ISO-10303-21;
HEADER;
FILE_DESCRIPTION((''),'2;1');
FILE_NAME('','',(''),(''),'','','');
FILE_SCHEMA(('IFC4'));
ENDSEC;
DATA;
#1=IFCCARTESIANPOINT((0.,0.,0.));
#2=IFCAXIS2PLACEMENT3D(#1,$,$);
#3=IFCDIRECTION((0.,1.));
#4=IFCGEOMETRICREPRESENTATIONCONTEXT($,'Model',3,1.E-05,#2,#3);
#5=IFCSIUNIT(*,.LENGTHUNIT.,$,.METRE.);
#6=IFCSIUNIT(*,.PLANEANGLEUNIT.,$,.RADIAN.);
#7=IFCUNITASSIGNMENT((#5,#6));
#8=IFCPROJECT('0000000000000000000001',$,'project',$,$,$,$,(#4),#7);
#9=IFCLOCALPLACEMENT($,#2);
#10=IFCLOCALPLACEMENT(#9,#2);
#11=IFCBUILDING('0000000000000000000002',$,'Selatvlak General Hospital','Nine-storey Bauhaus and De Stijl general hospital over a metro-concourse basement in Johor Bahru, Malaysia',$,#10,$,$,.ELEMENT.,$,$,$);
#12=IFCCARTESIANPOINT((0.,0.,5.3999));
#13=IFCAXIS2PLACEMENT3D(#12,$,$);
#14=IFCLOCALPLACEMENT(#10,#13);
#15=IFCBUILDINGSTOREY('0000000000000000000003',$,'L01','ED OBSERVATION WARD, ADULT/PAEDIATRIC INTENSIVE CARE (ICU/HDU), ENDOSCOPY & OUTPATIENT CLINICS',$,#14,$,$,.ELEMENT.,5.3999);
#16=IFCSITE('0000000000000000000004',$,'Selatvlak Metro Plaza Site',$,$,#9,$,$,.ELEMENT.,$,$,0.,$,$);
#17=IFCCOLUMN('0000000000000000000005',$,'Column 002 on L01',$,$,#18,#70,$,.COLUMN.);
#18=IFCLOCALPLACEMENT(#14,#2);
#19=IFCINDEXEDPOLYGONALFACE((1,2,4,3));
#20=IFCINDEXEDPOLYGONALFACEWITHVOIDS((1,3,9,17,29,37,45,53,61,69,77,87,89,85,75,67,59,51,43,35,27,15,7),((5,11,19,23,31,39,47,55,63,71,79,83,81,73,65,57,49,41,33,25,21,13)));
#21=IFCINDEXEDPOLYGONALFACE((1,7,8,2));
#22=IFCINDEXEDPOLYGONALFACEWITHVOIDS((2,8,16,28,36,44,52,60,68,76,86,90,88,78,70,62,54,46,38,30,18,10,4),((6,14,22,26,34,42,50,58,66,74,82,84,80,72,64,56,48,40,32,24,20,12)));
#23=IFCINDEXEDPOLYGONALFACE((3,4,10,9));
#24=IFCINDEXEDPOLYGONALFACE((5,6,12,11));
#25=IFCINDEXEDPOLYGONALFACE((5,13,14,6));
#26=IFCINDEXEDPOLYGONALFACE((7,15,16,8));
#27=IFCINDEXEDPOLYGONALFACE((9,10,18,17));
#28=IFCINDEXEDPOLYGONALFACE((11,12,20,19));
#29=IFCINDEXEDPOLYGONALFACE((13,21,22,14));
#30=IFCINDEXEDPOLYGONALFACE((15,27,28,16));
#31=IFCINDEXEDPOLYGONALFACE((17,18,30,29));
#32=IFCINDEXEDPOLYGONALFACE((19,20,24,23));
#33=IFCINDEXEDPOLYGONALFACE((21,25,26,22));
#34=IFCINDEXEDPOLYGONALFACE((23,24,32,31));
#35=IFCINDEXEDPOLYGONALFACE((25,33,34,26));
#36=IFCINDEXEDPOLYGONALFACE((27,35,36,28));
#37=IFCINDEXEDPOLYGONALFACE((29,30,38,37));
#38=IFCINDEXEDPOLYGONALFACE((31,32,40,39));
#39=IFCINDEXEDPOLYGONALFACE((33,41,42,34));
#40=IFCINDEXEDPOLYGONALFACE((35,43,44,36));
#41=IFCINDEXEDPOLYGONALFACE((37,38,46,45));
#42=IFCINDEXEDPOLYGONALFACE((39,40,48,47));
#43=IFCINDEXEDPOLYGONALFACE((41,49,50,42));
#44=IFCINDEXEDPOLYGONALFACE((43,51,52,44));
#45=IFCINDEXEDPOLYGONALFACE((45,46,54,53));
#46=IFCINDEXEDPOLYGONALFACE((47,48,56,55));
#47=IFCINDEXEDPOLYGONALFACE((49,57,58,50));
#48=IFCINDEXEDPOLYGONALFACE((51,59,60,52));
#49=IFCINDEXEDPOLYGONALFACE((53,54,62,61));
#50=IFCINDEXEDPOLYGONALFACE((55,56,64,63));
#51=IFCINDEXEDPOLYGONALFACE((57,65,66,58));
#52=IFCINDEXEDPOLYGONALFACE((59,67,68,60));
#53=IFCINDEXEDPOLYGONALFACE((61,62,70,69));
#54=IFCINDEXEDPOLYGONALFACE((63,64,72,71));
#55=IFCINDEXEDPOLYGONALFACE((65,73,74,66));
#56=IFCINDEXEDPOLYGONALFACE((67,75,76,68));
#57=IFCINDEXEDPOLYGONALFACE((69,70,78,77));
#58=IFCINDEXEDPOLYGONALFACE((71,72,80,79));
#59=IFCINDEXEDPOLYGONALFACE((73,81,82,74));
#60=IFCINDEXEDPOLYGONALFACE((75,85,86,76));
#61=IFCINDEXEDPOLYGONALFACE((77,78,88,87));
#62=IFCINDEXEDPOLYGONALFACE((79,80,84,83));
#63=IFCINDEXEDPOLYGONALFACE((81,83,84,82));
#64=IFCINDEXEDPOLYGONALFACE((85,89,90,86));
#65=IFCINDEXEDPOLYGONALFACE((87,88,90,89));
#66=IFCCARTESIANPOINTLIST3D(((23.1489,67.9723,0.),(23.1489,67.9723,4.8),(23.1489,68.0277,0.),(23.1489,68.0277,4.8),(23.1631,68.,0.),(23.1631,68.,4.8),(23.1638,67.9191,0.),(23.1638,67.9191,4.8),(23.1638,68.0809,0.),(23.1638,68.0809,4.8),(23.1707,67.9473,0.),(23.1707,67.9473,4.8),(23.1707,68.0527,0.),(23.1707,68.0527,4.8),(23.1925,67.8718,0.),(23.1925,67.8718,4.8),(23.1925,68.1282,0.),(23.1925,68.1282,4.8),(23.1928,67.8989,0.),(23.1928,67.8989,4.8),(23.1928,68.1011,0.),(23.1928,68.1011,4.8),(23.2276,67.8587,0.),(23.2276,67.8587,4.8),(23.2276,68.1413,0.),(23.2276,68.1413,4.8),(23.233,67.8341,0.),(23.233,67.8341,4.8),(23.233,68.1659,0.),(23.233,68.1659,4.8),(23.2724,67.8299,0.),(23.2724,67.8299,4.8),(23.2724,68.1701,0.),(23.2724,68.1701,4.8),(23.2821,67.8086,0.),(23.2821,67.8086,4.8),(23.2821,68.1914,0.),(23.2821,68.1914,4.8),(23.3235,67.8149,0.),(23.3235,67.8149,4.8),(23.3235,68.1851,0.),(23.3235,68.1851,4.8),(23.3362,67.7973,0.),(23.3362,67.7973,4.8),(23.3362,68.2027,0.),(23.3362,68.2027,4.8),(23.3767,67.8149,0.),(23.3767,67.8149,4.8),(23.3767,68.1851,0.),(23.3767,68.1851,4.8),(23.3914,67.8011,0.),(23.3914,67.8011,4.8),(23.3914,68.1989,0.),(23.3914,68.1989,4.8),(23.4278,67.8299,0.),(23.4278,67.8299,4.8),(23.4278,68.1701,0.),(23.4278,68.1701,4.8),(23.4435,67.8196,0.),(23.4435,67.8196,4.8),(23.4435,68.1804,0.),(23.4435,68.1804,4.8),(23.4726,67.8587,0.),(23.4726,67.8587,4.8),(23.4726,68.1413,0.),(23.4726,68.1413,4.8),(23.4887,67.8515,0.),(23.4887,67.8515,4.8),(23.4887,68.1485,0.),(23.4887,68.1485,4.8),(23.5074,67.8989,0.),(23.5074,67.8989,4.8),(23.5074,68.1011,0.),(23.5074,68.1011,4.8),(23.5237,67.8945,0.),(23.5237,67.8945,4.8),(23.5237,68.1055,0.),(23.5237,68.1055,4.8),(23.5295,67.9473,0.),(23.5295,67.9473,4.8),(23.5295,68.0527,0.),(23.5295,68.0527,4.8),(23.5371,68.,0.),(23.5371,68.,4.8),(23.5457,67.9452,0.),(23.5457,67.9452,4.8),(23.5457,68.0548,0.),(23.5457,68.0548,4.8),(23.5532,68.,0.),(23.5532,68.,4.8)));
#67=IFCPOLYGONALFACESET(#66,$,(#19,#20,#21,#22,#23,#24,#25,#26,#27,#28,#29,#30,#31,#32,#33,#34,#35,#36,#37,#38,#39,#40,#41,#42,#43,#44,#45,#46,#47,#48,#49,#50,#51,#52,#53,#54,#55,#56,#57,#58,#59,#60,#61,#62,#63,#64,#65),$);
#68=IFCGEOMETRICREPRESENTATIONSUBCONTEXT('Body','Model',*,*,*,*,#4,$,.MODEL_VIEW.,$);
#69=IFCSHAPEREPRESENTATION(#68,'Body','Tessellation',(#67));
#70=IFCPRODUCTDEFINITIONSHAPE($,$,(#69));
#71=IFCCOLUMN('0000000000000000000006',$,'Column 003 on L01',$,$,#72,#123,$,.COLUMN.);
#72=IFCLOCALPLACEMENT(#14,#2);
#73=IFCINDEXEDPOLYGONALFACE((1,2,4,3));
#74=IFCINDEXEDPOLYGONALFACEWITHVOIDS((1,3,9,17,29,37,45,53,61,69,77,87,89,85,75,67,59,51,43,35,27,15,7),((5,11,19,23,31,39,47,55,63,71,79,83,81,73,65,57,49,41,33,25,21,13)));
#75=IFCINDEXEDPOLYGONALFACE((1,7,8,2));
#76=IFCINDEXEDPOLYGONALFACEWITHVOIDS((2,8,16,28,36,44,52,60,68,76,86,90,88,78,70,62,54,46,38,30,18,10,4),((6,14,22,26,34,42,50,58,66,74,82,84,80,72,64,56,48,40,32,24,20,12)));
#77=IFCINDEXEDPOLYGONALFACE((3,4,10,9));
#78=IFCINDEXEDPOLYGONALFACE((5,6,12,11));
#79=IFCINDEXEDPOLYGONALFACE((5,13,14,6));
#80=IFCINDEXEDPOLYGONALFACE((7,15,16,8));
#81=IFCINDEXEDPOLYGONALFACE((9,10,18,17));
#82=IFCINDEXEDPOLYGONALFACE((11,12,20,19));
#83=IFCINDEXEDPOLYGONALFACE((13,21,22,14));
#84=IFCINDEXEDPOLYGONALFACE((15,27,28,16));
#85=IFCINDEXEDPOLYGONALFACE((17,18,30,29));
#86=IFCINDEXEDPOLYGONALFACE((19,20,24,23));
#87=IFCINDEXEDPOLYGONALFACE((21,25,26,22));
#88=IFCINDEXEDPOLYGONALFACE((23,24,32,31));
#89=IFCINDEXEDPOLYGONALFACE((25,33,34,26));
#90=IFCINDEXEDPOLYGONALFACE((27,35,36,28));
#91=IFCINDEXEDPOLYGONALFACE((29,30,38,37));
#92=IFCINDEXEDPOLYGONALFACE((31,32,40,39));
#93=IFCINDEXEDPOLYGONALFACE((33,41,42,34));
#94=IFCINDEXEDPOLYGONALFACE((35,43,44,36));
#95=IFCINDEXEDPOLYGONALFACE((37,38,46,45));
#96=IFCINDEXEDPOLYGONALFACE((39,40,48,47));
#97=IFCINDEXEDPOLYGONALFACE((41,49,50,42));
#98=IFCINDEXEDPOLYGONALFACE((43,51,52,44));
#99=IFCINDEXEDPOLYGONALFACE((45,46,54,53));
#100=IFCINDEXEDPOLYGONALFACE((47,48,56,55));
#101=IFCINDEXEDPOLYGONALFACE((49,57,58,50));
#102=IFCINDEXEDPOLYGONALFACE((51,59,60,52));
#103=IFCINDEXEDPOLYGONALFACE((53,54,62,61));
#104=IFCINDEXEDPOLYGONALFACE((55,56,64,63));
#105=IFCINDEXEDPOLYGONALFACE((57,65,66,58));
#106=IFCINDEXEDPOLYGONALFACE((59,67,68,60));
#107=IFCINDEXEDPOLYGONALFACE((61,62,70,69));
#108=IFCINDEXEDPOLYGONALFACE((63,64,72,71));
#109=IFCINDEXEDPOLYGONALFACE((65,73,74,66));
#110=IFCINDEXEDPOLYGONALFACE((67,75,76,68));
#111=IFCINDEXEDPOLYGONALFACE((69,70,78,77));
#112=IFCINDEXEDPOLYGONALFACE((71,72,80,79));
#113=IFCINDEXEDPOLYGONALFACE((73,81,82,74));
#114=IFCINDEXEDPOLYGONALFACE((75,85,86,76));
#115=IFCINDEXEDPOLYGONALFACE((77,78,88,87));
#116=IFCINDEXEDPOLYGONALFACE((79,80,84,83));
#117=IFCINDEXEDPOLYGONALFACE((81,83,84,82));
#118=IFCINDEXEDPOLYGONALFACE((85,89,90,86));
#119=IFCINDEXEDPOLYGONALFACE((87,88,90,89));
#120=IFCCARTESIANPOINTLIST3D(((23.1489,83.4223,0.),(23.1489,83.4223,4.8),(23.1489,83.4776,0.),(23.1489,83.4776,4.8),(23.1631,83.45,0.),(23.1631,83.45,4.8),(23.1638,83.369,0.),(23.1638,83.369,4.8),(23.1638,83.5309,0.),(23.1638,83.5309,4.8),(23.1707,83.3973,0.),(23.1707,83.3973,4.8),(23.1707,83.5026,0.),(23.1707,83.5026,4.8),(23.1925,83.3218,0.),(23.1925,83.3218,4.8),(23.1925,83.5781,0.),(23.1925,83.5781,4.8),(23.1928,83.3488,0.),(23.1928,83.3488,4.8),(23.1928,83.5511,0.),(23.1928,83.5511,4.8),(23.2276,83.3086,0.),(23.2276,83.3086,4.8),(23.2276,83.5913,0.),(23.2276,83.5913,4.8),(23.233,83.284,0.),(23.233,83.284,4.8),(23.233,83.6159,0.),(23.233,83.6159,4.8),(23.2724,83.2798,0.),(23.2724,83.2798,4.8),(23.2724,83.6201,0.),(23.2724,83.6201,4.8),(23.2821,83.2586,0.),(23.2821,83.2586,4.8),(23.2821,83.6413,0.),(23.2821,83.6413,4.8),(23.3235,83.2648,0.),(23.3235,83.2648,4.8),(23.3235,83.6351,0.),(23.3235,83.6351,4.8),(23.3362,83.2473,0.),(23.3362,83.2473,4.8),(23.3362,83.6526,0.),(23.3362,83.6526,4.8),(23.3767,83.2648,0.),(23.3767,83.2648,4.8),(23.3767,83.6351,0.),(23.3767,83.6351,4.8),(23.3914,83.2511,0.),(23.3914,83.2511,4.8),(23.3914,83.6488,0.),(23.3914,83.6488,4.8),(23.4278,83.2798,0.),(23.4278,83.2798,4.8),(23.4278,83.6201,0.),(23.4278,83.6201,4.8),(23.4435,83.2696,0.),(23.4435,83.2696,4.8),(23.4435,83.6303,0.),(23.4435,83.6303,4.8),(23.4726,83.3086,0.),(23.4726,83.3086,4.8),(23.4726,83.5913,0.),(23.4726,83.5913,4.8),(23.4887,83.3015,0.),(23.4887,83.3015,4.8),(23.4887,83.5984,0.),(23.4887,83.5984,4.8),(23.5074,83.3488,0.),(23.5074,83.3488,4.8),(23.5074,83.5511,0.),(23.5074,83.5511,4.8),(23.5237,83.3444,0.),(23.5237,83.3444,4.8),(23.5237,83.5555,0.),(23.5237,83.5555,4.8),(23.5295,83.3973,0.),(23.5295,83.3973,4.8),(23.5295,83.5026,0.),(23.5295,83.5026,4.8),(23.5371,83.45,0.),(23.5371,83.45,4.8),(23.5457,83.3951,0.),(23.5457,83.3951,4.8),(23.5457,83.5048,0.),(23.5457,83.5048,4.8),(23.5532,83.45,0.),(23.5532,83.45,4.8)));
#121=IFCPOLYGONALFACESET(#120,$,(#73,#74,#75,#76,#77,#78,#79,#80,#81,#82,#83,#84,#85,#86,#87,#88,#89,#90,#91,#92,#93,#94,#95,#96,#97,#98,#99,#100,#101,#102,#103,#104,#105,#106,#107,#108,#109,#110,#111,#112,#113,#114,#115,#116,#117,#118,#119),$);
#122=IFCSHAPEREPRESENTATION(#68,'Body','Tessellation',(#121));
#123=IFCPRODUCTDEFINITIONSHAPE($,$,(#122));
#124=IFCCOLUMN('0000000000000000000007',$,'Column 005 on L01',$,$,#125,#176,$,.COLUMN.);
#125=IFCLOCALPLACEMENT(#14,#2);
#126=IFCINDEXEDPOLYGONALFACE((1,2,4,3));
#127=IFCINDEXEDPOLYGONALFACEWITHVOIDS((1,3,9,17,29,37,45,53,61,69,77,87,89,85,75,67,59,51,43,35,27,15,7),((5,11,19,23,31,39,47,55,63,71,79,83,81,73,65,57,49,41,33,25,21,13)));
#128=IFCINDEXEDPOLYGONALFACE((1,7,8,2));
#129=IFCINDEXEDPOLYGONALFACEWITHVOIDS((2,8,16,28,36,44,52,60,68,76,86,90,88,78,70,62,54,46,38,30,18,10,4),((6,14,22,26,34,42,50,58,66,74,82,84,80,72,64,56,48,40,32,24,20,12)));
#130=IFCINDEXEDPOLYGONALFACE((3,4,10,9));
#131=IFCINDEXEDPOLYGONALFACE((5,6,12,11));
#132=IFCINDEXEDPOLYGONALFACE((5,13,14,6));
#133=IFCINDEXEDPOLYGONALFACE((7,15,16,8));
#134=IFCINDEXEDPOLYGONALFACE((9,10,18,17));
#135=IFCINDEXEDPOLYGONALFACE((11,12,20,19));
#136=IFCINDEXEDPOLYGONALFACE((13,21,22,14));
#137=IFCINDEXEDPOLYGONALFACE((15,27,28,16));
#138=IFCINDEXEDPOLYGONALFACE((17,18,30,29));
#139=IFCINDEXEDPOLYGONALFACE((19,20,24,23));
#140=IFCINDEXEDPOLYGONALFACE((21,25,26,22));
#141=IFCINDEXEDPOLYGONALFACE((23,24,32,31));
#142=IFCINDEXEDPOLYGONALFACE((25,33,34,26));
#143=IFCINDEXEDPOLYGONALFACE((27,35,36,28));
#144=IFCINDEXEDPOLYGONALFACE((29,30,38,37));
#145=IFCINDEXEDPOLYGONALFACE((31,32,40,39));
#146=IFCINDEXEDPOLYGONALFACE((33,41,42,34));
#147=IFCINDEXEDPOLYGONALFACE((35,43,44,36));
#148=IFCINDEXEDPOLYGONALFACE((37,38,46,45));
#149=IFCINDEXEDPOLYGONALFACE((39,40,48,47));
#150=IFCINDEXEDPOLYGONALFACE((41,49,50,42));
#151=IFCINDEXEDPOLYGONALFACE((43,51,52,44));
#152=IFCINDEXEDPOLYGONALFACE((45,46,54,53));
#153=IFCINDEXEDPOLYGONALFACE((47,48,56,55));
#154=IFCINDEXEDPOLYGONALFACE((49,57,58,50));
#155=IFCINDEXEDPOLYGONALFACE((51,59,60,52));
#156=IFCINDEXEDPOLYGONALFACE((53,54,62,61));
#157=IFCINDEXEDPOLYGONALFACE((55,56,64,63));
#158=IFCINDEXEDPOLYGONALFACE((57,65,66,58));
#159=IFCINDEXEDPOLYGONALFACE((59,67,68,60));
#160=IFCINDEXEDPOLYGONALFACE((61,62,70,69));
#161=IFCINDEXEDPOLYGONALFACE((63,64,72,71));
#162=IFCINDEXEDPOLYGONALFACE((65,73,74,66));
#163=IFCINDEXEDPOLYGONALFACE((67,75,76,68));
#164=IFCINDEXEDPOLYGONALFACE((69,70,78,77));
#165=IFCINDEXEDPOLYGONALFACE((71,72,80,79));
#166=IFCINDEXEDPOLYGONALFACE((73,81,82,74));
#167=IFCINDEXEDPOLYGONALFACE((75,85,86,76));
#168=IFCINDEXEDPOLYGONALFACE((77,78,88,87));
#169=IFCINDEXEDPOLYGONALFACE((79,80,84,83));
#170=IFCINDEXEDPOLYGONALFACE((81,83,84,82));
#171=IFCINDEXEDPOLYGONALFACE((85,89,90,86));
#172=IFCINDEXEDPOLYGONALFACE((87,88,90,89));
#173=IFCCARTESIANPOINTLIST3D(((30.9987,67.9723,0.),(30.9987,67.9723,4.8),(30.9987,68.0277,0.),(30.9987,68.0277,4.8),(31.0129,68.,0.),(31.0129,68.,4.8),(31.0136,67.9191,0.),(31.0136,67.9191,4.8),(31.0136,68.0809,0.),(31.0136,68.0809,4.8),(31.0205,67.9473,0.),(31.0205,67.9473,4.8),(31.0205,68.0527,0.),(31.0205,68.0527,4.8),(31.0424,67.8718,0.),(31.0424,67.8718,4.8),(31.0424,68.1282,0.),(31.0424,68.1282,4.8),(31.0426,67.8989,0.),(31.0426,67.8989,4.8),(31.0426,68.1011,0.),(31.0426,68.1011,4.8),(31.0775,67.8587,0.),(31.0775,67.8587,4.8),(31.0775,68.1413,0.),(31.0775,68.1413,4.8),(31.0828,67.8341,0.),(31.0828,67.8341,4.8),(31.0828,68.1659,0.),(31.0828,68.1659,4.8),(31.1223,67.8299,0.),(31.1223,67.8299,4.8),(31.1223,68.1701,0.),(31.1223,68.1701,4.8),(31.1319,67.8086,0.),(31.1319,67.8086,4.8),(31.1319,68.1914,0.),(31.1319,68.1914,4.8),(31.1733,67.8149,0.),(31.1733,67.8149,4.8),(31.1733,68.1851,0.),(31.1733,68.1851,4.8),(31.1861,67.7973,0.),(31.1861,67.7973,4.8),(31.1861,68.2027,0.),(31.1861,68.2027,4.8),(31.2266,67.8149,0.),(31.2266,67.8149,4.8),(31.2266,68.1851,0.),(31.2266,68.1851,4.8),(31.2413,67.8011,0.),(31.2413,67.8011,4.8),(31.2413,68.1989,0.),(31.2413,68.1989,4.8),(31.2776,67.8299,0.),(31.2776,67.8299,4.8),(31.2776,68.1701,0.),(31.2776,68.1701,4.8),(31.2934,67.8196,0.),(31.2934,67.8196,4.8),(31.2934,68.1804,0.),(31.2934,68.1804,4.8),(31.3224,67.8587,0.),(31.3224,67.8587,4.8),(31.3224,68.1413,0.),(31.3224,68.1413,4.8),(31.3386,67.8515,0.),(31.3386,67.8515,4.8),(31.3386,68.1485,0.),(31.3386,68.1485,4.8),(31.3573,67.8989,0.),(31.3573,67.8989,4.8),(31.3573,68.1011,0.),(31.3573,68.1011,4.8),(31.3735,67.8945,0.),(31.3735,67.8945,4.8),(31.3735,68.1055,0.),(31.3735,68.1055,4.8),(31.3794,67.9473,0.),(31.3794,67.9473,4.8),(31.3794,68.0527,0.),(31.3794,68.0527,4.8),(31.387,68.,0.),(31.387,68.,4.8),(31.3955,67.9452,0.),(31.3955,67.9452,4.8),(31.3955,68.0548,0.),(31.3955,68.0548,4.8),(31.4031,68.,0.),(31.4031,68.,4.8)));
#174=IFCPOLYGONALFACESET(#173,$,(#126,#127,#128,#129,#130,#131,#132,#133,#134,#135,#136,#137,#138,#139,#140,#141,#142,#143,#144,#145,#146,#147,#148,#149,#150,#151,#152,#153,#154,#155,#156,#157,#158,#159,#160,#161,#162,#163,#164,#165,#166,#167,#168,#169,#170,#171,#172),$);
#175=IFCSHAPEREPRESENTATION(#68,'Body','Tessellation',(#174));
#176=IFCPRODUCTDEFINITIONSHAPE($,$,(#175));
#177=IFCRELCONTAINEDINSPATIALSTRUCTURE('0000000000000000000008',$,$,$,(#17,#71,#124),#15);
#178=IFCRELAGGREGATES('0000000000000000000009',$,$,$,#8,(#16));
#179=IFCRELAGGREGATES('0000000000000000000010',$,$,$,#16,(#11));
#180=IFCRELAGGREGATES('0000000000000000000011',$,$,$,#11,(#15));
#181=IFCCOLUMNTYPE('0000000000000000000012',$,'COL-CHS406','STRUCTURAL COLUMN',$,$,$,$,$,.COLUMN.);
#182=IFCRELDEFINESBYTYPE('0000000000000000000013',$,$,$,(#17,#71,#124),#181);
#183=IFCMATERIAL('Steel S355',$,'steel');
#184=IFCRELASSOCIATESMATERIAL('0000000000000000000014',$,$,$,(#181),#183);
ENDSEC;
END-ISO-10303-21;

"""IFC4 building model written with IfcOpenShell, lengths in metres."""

from ifc_helpers import new_model, si_unit, direction, frame, origin, origin_2d, place, context, subcontext, project, spatial, hollow_circle, extrude, material, material_profile, profile_set, type_object, element, save


model = new_model("IFC4")

# Units and contexts
model_context = context("Model", 3, precision=1e-05, world=origin(), true_north=direction((0.0, 1.0)))
body_context = subcontext(model_context, "Body", "Model", "MODEL_VIEW")
ifc_project = project(units=[si_unit("LENGTHUNIT", "METRE"), si_unit("PLANEANGLEUNIT", "RADIAN")], contexts=[model_context])

# Site, building, storey
site_placement = place(None, origin())
site = spatial("IfcSite", under=ifc_project, at=site_placement, Name="Selatvlak Metro Plaza Site", CompositionType="ELEMENT", RefElevation=0.0)
building_placement = place(site_placement, origin())
building = spatial("IfcBuilding", under=site, at=building_placement, Name="Selatvlak General Hospital", Description="Nine-storey Bauhaus and De Stijl general hospital over a metro-concourse basement in Johor Bahru, Malaysia", CompositionType="ELEMENT")
storey_placement = place(building_placement, frame((0.0, 0.0, 5.3999)))
storey = spatial("IfcBuildingStorey", under=building, at=storey_placement, Name="L01", Description="ED OBSERVATION WARD, ADULT/PAEDIATRIC INTENSIVE CARE (ICU/HDU), ENDOSCOPY & OUTPATIENT CLINICS", CompositionType="ELEMENT", Elevation=5.3999)

# Columns
ifc_material_1 = material(Name="Steel S355", Category="steel")
ifc_material_profile_1 = material_profile(ifc_material_1, hollow_circle(Radius=0.2031, WallThickness=0.0161, at=origin_2d()), Name="CHS 406.4x16")
ifc_profile_set_1 = profile_set([ifc_material_profile_1], Name="Steel S355")
column_type_1 = type_object("IfcColumnType", Name="COL-CHS406", Description="STRUCTURAL COLUMN", PredefinedType="COLUMN", material=ifc_profile_set_1)
for number, where, z_axis, x_axis, name in (
    (1, (23.3501, 68.0, 0.0), (0.0, 0.0, 1.0), (1.0, 0.0, 0.0), "Column 002 on L01"),
    (2, (23.3501, 83.45, 0.0), (0.0, 0.0, 1.0), (1.0, 0.0, 0.0), "Column 003 on L01"),
    (3, (31.2, 68.0, 0.0), (0.0, 0.0, 1.0), (1.0, 0.0, 0.0), "Column 005 on L01"),
):
    element("IfcColumn", number, at=place(storey_placement, frame(where, z_axis=z_axis, x_axis=x_axis)), inside=storey, type_object=column_type_1, Name=name, PredefinedType="COLUMN", context=body_context, shape_type="SweptSolid", body=[
        extrude(hollow_circle(Radius=0.2031, WallThickness=0.0161, at=origin_2d()), origin(), (0.0, 0.0, 1.0), 4.8),
    ])

save(model, "model.ifc")
